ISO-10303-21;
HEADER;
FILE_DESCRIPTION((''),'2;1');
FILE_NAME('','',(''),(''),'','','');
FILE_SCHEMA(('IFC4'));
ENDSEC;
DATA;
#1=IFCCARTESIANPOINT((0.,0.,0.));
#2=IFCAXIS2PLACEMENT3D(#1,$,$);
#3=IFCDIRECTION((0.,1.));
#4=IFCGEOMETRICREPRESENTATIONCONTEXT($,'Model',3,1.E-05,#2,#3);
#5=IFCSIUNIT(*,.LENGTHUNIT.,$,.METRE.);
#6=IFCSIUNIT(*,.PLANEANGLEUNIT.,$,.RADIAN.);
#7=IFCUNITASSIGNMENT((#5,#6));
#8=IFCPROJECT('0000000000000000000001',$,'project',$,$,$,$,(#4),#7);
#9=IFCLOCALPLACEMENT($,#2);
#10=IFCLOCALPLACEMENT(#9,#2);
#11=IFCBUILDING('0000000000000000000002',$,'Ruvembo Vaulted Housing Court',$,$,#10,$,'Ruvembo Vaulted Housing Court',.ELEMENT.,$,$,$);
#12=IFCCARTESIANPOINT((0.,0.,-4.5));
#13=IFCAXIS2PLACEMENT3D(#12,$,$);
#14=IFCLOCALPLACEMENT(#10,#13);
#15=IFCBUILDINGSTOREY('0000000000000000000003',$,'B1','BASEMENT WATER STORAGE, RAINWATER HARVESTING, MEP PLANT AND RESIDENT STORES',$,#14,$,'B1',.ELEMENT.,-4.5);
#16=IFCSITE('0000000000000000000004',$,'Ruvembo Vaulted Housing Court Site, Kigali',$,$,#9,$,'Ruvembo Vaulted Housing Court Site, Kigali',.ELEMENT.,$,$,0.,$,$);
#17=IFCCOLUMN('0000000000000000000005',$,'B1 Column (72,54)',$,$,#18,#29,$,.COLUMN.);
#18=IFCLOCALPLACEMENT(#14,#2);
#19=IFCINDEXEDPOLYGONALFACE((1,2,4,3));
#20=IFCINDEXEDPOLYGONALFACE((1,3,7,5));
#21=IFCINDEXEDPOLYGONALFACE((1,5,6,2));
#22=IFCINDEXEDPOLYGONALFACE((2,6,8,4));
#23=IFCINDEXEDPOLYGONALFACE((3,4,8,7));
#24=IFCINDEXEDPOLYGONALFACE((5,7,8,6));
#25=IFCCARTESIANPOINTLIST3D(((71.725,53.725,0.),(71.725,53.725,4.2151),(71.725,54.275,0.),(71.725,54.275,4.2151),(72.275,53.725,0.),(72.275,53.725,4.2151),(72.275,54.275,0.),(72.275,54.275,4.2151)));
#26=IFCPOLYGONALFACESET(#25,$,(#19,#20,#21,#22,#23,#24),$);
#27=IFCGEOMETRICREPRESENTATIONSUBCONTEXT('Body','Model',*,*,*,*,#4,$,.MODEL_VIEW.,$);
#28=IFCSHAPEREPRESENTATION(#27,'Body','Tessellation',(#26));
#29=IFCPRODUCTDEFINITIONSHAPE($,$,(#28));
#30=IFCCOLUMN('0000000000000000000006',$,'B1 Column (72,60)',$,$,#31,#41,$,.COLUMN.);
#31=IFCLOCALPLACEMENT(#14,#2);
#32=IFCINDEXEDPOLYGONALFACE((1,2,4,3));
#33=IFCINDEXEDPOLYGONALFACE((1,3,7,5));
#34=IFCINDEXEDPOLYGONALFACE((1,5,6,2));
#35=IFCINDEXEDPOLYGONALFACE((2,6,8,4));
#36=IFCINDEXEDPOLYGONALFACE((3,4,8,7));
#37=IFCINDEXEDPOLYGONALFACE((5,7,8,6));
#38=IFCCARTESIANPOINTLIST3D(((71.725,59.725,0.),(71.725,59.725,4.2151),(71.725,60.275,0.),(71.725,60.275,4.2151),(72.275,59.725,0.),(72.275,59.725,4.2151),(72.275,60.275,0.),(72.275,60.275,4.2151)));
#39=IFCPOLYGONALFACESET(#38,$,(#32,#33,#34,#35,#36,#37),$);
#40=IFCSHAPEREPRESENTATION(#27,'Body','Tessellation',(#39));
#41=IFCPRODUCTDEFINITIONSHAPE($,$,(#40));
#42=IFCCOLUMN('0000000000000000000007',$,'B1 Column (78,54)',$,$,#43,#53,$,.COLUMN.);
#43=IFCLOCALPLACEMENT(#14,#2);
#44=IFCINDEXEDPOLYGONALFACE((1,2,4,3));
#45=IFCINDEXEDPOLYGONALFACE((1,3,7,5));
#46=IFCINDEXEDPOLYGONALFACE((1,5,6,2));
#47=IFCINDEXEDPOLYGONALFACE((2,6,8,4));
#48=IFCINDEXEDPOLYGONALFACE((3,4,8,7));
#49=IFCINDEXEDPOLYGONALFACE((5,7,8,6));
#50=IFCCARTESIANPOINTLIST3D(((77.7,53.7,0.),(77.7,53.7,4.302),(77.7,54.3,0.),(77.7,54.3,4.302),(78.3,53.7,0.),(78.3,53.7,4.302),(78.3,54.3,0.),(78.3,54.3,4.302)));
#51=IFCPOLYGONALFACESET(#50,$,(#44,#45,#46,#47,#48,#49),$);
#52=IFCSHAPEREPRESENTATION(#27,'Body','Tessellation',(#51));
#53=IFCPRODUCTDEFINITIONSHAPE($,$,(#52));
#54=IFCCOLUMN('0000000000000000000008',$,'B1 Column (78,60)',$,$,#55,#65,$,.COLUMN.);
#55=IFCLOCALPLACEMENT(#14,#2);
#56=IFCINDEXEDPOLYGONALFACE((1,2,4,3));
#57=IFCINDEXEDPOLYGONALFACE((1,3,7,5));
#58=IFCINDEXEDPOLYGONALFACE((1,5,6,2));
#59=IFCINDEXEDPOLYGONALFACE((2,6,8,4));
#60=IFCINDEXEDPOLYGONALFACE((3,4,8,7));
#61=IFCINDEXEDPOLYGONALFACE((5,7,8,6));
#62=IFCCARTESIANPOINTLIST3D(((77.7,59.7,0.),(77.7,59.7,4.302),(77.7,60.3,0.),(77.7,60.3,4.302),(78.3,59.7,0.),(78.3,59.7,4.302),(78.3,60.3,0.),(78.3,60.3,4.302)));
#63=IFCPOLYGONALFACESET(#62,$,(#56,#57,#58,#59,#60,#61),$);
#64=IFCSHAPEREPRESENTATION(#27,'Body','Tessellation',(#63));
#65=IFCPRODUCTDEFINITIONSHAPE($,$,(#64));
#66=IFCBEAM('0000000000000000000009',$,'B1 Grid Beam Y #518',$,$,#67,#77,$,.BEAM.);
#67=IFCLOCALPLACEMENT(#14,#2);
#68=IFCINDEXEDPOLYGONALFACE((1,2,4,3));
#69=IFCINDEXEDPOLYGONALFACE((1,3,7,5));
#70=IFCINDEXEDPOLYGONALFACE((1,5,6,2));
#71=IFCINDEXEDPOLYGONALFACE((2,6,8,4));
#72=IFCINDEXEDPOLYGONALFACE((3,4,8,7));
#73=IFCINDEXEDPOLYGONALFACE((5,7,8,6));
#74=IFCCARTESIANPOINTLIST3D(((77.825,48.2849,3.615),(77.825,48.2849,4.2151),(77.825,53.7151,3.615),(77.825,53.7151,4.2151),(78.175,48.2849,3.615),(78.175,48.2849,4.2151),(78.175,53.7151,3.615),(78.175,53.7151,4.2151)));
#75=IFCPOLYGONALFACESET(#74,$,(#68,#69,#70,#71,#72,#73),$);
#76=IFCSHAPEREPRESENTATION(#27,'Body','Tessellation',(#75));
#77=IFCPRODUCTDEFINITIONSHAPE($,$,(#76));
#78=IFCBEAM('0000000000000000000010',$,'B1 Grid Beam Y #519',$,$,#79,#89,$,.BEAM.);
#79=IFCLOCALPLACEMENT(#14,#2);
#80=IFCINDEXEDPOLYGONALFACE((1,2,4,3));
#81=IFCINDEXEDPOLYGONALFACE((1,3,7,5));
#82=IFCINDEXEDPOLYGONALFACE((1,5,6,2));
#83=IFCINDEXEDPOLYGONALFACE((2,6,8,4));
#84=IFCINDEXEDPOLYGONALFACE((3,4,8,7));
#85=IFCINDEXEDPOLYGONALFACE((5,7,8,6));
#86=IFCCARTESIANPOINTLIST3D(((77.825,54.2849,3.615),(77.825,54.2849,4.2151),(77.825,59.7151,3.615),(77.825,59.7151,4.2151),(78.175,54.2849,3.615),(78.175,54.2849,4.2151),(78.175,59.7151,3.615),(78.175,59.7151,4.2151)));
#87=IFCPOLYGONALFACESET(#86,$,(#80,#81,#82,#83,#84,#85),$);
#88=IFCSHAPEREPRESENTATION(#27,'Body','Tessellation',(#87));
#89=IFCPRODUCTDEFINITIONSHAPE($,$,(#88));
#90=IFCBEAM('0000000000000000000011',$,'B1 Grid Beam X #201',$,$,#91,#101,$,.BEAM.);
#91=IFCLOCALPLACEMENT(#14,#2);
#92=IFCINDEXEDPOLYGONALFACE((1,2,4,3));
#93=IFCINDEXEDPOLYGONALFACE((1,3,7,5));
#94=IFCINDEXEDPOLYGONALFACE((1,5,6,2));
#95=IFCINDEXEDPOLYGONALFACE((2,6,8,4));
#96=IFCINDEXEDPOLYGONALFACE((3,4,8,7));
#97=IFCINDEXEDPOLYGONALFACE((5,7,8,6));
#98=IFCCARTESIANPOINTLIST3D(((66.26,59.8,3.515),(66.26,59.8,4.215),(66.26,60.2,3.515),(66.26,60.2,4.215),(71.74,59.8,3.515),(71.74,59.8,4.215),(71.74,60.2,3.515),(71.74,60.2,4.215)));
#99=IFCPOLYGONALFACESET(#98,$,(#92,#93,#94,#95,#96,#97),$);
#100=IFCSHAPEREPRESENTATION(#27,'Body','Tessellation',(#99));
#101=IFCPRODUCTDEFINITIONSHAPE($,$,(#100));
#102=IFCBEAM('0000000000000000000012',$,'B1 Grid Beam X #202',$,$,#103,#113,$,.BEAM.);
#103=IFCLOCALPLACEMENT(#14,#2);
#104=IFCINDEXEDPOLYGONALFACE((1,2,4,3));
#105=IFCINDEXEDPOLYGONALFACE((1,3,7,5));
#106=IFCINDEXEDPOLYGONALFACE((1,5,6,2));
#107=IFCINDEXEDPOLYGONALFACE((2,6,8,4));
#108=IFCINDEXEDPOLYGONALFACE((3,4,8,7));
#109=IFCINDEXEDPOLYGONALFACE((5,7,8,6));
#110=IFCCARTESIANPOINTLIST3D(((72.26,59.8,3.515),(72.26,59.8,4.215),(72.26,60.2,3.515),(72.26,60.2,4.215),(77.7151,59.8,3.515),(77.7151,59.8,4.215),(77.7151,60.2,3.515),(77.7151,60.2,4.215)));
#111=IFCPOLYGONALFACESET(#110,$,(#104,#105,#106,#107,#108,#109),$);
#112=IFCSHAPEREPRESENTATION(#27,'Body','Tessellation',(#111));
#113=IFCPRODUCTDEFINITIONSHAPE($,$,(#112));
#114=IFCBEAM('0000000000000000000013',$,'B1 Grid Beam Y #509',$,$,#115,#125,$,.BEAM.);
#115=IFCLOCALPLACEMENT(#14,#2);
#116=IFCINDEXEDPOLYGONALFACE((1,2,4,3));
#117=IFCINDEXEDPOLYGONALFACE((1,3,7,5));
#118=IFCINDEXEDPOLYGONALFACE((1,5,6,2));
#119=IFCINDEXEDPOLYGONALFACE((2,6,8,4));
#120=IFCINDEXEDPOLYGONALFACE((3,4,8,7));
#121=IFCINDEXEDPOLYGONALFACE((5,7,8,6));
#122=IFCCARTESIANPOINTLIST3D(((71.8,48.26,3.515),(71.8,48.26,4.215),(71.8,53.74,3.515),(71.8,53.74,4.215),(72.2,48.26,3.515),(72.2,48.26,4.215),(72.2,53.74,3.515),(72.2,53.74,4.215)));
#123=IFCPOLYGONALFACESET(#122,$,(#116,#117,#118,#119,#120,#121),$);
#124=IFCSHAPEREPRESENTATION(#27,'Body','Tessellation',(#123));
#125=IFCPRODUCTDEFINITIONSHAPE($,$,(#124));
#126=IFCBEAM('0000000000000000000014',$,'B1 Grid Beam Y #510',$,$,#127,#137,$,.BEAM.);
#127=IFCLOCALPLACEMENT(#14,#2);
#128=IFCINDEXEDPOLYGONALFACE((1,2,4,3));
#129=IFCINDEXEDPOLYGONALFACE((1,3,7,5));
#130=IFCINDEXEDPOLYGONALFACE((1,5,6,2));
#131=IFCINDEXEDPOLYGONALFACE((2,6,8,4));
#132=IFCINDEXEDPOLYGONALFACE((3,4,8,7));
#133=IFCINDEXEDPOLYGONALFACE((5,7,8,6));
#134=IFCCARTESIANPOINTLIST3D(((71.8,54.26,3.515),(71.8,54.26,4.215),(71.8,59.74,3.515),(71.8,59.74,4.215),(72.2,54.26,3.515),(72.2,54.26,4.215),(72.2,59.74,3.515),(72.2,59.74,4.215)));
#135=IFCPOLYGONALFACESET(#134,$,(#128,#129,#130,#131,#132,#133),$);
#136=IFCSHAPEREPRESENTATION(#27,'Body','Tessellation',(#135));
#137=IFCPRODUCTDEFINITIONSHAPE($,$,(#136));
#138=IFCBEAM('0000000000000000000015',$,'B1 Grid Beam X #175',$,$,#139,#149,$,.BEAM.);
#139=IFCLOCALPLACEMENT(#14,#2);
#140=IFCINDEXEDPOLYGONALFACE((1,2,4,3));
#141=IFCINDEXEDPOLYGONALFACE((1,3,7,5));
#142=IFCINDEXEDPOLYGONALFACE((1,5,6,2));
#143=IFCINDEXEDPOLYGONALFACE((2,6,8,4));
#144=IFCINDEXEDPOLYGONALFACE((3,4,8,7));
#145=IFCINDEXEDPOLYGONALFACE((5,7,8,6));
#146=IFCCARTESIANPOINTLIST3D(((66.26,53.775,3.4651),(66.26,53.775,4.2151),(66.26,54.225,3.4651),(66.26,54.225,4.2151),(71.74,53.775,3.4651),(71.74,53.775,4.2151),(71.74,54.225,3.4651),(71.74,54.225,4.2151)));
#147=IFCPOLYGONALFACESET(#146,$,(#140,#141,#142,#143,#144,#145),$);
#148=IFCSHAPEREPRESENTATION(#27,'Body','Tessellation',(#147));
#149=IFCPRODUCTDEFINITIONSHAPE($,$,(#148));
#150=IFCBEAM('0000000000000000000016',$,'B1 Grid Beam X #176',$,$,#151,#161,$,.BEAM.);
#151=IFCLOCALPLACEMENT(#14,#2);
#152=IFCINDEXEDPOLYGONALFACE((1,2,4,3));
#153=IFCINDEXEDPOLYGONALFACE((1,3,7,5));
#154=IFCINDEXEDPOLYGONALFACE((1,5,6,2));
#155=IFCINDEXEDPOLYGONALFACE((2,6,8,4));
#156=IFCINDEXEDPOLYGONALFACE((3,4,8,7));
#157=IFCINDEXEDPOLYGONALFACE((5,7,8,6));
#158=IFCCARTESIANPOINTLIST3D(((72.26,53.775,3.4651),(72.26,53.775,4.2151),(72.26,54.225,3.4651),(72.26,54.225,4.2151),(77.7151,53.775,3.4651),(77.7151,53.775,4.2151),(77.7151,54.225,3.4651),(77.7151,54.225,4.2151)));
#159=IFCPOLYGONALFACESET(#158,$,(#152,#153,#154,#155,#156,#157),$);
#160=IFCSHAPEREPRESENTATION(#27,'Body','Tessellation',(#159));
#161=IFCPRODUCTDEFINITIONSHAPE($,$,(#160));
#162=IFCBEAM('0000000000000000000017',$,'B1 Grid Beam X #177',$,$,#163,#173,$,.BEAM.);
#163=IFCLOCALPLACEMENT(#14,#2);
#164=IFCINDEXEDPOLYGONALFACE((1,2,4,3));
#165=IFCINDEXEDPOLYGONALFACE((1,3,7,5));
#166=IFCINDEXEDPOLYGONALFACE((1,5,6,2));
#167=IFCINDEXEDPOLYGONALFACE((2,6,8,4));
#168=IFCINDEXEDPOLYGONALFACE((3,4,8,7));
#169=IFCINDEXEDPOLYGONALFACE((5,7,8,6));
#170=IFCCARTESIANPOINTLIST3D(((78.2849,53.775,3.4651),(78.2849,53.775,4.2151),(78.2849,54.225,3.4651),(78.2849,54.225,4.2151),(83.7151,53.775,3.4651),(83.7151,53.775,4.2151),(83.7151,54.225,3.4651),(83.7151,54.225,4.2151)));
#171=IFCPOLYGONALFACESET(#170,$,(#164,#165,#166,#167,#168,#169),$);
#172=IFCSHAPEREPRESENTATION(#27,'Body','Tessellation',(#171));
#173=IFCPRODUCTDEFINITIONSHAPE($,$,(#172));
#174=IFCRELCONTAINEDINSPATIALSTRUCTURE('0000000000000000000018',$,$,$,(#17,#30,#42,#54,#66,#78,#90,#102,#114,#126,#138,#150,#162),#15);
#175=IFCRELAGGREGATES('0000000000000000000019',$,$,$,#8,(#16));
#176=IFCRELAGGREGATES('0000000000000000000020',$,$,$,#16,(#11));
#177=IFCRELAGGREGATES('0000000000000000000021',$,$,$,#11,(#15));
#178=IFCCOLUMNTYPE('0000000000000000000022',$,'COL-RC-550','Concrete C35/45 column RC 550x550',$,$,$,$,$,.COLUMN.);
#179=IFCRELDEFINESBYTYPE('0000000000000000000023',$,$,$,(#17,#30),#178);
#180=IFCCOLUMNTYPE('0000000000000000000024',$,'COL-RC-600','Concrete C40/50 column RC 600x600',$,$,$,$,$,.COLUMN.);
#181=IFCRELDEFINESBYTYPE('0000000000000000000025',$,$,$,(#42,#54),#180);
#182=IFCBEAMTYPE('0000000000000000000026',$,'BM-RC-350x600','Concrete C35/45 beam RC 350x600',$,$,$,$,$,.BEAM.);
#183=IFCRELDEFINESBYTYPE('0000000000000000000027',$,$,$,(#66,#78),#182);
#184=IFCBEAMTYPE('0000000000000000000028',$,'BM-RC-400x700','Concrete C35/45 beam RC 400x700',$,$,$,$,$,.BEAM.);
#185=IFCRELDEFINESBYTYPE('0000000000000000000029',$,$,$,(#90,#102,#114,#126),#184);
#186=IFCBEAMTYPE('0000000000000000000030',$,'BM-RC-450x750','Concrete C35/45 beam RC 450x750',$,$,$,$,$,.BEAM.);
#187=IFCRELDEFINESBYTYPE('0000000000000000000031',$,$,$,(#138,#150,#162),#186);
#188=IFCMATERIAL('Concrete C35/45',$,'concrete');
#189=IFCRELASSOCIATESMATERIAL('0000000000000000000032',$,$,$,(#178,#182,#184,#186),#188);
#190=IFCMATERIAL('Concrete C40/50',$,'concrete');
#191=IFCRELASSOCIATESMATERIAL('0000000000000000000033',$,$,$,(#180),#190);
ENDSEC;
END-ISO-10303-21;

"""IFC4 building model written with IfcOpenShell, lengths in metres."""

from ifc_helpers import new_model, si_unit, direction, frame, origin, origin_2d, place, context, subcontext, project, spatial, rectangle, extrude, material, material_profile, profile_set, type_object, element, save


model = new_model("IFC4")

# Units and contexts
model_context = context("Model", 3, precision=1e-05, world=origin(), true_north=direction((0.0, 1.0)))
body_context = subcontext(model_context, "Body", "Model", "MODEL_VIEW")
ifc_project = project(units=[si_unit("LENGTHUNIT", "METRE"), si_unit("PLANEANGLEUNIT", "RADIAN")], contexts=[model_context])

# Site, building, storey
site_placement = place(None, origin())
site = spatial("IfcSite", under=ifc_project, at=site_placement, Name="Ruvembo Vaulted Housing Court Site, Kigali", LongName="Ruvembo Vaulted Housing Court Site, Kigali", CompositionType="ELEMENT", RefElevation=0.0)
building_placement = place(site_placement, origin())
building = spatial("IfcBuilding", under=site, at=building_placement, Name="Ruvembo Vaulted Housing Court", LongName="Ruvembo Vaulted Housing Court", CompositionType="ELEMENT")
storey_placement = place(building_placement, frame((0.0, 0.0, -4.5)))
storey = spatial("IfcBuildingStorey", under=building, at=storey_placement, Name="B1", Description="BASEMENT WATER STORAGE, RAINWATER HARVESTING, MEP PLANT AND RESIDENT STORES", LongName="B1", CompositionType="ELEMENT", Elevation=-4.5)

# Shared definitions
ifc_material_1 = material(Name="Concrete C35/45", Category="concrete")

# Columns
ifc_material_profile_1 = material_profile(ifc_material_1, rectangle(XDim=0.55, YDim=0.55, at=origin_2d()), Name="RC 550x550")
ifc_profile_set_1 = profile_set([ifc_material_profile_1], Name="Concrete C35/45")
column_type_1 = type_object("IfcColumnType", Name="COL-RC-550", Description="Concrete C35/45 column RC 550x550", PredefinedType="COLUMN", material=ifc_profile_set_1)
for number, where, z_axis, x_axis, name in (
    (1, (72.0, 54.0, 0.0), (0.0, 0.0, 1.0), (1.0, 0.0, 0.0), "B1 Column (72,54)"),
    (2, (72.0, 60.0, 0.0), (0.0, 0.0, 1.0), (1.0, 0.0, 0.0), "B1 Column (72,60)"),
):
    element("IfcColumn", number, at=place(storey_placement, frame(where, z_axis=z_axis, x_axis=x_axis)), inside=storey, type_object=column_type_1, Name=name, PredefinedType="COLUMN", context=body_context, shape_type="SweptSolid", body=[
        extrude(rectangle(XDim=0.55, YDim=0.55, at=origin_2d()), origin(), (0.0, 0.0, 1.0), 4.2151),
    ])
ifc_material_2 = material(Name="Concrete C40/50", Category="concrete")
ifc_material_profile_2 = material_profile(ifc_material_2, rectangle(XDim=0.6001, YDim=0.6001, at=origin_2d()), Name="RC 600x600")
ifc_profile_set_2 = profile_set([ifc_material_profile_2], Name="Concrete C40/50")
column_type_2 = type_object("IfcColumnType", Name="COL-RC-600", Description="Concrete C40/50 column RC 600x600", PredefinedType="COLUMN", material=ifc_profile_set_2)
for number, where, z_axis, x_axis, name in (
    (3, (78.0, 54.0, 0.0), (0.0, 0.0, 1.0), (1.0, 0.0, 0.0), "B1 Column (78,54)"),
    (4, (78.0, 60.0, 0.0), (0.0, 0.0, 1.0), (1.0, 0.0, 0.0), "B1 Column (78,60)"),
):
    element("IfcColumn", number, at=place(storey_placement, frame(where, z_axis=z_axis, x_axis=x_axis)), inside=storey, type_object=column_type_2, Name=name, PredefinedType="COLUMN", context=body_context, shape_type="SweptSolid", body=[
        extrude(rectangle(XDim=0.6001, YDim=0.6001, at=origin_2d()), origin(), (0.0, 0.0, 1.0), 4.302),
    ])

# Beams
ifc_material_profile_3 = material_profile(ifc_material_1, rectangle(XDim=0.3501, YDim=0.6001, at=origin_2d()), Name="RC 350x600")
ifc_profile_set_3 = profile_set([ifc_material_profile_3], Name="Concrete C35/45")
beam_type_1 = type_object("IfcBeamType", Name="BM-RC-350x600", Description="Concrete C35/45 beam RC 350x600", PredefinedType="BEAM", material=ifc_profile_set_3)
for number, where, z_axis, x_axis, name in (
    (5, (78.0, 48.2849, 3.915), (0.0, 1.0, 0.0), (-1.0, 0.0, 0.0), "B1 Grid Beam Y #518"),
    (6, (78.0, 54.2849, 3.915), (0.0, 1.0, 0.0), (-1.0, 0.0, 0.0), "B1 Grid Beam Y #519"),
):
    element("IfcBeam", number, at=place(storey_placement, frame(where, z_axis=z_axis, x_axis=x_axis)), inside=storey, type_object=beam_type_1, Name=name, PredefinedType="BEAM", context=body_context, shape_type="SweptSolid", body=[
        extrude(rectangle(XDim=0.3501, YDim=0.6001, at=origin_2d()), origin(), (0.0, 0.0, 1.0), 5.4302),
    ])
ifc_material_profile_4 = material_profile(ifc_material_1, rectangle(XDim=0.3999, YDim=0.7, at=origin_2d()), Name="RC 400x700")
ifc_profile_set_4 = profile_set([ifc_material_profile_4], Name="Concrete C35/45")
beam_type_2 = type_object("IfcBeamType", Name="BM-RC-400x700", Description="Concrete C35/45 beam RC 400x700", PredefinedType="BEAM", material=ifc_profile_set_4)
beam_1_placement = place(storey_placement, frame((66.26, 60.0, 3.865), z_axis=(1.0, 0.0, 0.0), x_axis=(0.0, 1.0, 0.0)))
element("IfcBeam", 7, at=beam_1_placement, inside=storey, type_object=beam_type_2, Name="B1 Grid Beam X #201", PredefinedType="BEAM", context=body_context, shape_type="SweptSolid", body=[
    extrude(rectangle(XDim=0.3999, YDim=0.7, at=origin_2d()), origin(), (0.0, 0.0, 1.0), 5.48),
])
beam_2_placement = place(storey_placement, frame((72.26, 60.0, 3.865), z_axis=(1.0, 0.0, 0.0), x_axis=(0.0, 1.0, 0.0)))
element("IfcBeam", 8, at=beam_2_placement, inside=storey, type_object=beam_type_2, Name="B1 Grid Beam X #202", PredefinedType="BEAM", context=body_context, shape_type="SweptSolid", body=[
    extrude(rectangle(XDim=0.3999, YDim=0.7, at=origin_2d()), origin(), (0.0, 0.0, 1.0), 5.4551),
])
for number, where, z_axis, x_axis, name in (
    (9, (72.0, 48.26, 3.865), (0.0, 1.0, 0.0), (-1.0, 0.0, 0.0), "B1 Grid Beam Y #509"),
    (10, (72.0, 54.26, 3.865), (0.0, 1.0, 0.0), (-1.0, 0.0, 0.0), "B1 Grid Beam Y #510"),
):
    element("IfcBeam", number, at=place(storey_placement, frame(where, z_axis=z_axis, x_axis=x_axis)), inside=storey, type_object=beam_type_2, Name=name, PredefinedType="BEAM", context=body_context, shape_type="SweptSolid", body=[
        extrude(rectangle(XDim=0.3999, YDim=0.7, at=origin_2d()), origin(), (0.0, 0.0, 1.0), 5.48),
    ])
ifc_material_profile_5 = material_profile(ifc_material_1, rectangle(XDim=0.45, YDim=0.75, at=origin_2d()), Name="RC 450x750")
ifc_profile_set_5 = profile_set([ifc_material_profile_5], Name="Concrete C35/45")
beam_type_3 = type_object("IfcBeamType", Name="BM-RC-450x750", Description="Concrete C35/45 beam RC 450x750", PredefinedType="BEAM", material=ifc_profile_set_5)
beam_3_placement = place(storey_placement, frame((66.26, 54.0, 3.8401), z_axis=(1.0, 0.0, 0.0), x_axis=(0.0, 1.0, 0.0)))
element("IfcBeam", 11, at=beam_3_placement, inside=storey, type_object=beam_type_3, Name="B1 Grid Beam X #175", PredefinedType="BEAM", context=body_context, shape_type="SweptSolid", body=[
    extrude(rectangle(XDim=0.45, YDim=0.75, at=origin_2d()), origin(), (0.0, 0.0, 1.0), 5.48),
])
beam_4_placement = place(storey_placement, frame((72.26, 54.0, 3.8401), z_axis=(1.0, 0.0, 0.0), x_axis=(0.0, 1.0, 0.0)))
element("IfcBeam", 12, at=beam_4_placement, inside=storey, type_object=beam_type_3, Name="B1 Grid Beam X #176", PredefinedType="BEAM", context=body_context, shape_type="SweptSolid", body=[
    extrude(rectangle(XDim=0.45, YDim=0.75, at=origin_2d()), origin(), (0.0, 0.0, 1.0), 5.4551),
])
beam_5_placement = place(storey_placement, frame((78.2849, 54.0, 3.8401), z_axis=(1.0, 0.0, 0.0), x_axis=(0.0, 1.0, 0.0)))
element("IfcBeam", 13, at=beam_5_placement, inside=storey, type_object=beam_type_3, Name="B1 Grid Beam X #177", PredefinedType="BEAM", context=body_context, shape_type="SweptSolid", body=[
    extrude(rectangle(XDim=0.45, YDim=0.75, at=origin_2d()), origin(), (0.0, 0.0, 1.0), 5.4302),
])

save(model, "model.ifc")
